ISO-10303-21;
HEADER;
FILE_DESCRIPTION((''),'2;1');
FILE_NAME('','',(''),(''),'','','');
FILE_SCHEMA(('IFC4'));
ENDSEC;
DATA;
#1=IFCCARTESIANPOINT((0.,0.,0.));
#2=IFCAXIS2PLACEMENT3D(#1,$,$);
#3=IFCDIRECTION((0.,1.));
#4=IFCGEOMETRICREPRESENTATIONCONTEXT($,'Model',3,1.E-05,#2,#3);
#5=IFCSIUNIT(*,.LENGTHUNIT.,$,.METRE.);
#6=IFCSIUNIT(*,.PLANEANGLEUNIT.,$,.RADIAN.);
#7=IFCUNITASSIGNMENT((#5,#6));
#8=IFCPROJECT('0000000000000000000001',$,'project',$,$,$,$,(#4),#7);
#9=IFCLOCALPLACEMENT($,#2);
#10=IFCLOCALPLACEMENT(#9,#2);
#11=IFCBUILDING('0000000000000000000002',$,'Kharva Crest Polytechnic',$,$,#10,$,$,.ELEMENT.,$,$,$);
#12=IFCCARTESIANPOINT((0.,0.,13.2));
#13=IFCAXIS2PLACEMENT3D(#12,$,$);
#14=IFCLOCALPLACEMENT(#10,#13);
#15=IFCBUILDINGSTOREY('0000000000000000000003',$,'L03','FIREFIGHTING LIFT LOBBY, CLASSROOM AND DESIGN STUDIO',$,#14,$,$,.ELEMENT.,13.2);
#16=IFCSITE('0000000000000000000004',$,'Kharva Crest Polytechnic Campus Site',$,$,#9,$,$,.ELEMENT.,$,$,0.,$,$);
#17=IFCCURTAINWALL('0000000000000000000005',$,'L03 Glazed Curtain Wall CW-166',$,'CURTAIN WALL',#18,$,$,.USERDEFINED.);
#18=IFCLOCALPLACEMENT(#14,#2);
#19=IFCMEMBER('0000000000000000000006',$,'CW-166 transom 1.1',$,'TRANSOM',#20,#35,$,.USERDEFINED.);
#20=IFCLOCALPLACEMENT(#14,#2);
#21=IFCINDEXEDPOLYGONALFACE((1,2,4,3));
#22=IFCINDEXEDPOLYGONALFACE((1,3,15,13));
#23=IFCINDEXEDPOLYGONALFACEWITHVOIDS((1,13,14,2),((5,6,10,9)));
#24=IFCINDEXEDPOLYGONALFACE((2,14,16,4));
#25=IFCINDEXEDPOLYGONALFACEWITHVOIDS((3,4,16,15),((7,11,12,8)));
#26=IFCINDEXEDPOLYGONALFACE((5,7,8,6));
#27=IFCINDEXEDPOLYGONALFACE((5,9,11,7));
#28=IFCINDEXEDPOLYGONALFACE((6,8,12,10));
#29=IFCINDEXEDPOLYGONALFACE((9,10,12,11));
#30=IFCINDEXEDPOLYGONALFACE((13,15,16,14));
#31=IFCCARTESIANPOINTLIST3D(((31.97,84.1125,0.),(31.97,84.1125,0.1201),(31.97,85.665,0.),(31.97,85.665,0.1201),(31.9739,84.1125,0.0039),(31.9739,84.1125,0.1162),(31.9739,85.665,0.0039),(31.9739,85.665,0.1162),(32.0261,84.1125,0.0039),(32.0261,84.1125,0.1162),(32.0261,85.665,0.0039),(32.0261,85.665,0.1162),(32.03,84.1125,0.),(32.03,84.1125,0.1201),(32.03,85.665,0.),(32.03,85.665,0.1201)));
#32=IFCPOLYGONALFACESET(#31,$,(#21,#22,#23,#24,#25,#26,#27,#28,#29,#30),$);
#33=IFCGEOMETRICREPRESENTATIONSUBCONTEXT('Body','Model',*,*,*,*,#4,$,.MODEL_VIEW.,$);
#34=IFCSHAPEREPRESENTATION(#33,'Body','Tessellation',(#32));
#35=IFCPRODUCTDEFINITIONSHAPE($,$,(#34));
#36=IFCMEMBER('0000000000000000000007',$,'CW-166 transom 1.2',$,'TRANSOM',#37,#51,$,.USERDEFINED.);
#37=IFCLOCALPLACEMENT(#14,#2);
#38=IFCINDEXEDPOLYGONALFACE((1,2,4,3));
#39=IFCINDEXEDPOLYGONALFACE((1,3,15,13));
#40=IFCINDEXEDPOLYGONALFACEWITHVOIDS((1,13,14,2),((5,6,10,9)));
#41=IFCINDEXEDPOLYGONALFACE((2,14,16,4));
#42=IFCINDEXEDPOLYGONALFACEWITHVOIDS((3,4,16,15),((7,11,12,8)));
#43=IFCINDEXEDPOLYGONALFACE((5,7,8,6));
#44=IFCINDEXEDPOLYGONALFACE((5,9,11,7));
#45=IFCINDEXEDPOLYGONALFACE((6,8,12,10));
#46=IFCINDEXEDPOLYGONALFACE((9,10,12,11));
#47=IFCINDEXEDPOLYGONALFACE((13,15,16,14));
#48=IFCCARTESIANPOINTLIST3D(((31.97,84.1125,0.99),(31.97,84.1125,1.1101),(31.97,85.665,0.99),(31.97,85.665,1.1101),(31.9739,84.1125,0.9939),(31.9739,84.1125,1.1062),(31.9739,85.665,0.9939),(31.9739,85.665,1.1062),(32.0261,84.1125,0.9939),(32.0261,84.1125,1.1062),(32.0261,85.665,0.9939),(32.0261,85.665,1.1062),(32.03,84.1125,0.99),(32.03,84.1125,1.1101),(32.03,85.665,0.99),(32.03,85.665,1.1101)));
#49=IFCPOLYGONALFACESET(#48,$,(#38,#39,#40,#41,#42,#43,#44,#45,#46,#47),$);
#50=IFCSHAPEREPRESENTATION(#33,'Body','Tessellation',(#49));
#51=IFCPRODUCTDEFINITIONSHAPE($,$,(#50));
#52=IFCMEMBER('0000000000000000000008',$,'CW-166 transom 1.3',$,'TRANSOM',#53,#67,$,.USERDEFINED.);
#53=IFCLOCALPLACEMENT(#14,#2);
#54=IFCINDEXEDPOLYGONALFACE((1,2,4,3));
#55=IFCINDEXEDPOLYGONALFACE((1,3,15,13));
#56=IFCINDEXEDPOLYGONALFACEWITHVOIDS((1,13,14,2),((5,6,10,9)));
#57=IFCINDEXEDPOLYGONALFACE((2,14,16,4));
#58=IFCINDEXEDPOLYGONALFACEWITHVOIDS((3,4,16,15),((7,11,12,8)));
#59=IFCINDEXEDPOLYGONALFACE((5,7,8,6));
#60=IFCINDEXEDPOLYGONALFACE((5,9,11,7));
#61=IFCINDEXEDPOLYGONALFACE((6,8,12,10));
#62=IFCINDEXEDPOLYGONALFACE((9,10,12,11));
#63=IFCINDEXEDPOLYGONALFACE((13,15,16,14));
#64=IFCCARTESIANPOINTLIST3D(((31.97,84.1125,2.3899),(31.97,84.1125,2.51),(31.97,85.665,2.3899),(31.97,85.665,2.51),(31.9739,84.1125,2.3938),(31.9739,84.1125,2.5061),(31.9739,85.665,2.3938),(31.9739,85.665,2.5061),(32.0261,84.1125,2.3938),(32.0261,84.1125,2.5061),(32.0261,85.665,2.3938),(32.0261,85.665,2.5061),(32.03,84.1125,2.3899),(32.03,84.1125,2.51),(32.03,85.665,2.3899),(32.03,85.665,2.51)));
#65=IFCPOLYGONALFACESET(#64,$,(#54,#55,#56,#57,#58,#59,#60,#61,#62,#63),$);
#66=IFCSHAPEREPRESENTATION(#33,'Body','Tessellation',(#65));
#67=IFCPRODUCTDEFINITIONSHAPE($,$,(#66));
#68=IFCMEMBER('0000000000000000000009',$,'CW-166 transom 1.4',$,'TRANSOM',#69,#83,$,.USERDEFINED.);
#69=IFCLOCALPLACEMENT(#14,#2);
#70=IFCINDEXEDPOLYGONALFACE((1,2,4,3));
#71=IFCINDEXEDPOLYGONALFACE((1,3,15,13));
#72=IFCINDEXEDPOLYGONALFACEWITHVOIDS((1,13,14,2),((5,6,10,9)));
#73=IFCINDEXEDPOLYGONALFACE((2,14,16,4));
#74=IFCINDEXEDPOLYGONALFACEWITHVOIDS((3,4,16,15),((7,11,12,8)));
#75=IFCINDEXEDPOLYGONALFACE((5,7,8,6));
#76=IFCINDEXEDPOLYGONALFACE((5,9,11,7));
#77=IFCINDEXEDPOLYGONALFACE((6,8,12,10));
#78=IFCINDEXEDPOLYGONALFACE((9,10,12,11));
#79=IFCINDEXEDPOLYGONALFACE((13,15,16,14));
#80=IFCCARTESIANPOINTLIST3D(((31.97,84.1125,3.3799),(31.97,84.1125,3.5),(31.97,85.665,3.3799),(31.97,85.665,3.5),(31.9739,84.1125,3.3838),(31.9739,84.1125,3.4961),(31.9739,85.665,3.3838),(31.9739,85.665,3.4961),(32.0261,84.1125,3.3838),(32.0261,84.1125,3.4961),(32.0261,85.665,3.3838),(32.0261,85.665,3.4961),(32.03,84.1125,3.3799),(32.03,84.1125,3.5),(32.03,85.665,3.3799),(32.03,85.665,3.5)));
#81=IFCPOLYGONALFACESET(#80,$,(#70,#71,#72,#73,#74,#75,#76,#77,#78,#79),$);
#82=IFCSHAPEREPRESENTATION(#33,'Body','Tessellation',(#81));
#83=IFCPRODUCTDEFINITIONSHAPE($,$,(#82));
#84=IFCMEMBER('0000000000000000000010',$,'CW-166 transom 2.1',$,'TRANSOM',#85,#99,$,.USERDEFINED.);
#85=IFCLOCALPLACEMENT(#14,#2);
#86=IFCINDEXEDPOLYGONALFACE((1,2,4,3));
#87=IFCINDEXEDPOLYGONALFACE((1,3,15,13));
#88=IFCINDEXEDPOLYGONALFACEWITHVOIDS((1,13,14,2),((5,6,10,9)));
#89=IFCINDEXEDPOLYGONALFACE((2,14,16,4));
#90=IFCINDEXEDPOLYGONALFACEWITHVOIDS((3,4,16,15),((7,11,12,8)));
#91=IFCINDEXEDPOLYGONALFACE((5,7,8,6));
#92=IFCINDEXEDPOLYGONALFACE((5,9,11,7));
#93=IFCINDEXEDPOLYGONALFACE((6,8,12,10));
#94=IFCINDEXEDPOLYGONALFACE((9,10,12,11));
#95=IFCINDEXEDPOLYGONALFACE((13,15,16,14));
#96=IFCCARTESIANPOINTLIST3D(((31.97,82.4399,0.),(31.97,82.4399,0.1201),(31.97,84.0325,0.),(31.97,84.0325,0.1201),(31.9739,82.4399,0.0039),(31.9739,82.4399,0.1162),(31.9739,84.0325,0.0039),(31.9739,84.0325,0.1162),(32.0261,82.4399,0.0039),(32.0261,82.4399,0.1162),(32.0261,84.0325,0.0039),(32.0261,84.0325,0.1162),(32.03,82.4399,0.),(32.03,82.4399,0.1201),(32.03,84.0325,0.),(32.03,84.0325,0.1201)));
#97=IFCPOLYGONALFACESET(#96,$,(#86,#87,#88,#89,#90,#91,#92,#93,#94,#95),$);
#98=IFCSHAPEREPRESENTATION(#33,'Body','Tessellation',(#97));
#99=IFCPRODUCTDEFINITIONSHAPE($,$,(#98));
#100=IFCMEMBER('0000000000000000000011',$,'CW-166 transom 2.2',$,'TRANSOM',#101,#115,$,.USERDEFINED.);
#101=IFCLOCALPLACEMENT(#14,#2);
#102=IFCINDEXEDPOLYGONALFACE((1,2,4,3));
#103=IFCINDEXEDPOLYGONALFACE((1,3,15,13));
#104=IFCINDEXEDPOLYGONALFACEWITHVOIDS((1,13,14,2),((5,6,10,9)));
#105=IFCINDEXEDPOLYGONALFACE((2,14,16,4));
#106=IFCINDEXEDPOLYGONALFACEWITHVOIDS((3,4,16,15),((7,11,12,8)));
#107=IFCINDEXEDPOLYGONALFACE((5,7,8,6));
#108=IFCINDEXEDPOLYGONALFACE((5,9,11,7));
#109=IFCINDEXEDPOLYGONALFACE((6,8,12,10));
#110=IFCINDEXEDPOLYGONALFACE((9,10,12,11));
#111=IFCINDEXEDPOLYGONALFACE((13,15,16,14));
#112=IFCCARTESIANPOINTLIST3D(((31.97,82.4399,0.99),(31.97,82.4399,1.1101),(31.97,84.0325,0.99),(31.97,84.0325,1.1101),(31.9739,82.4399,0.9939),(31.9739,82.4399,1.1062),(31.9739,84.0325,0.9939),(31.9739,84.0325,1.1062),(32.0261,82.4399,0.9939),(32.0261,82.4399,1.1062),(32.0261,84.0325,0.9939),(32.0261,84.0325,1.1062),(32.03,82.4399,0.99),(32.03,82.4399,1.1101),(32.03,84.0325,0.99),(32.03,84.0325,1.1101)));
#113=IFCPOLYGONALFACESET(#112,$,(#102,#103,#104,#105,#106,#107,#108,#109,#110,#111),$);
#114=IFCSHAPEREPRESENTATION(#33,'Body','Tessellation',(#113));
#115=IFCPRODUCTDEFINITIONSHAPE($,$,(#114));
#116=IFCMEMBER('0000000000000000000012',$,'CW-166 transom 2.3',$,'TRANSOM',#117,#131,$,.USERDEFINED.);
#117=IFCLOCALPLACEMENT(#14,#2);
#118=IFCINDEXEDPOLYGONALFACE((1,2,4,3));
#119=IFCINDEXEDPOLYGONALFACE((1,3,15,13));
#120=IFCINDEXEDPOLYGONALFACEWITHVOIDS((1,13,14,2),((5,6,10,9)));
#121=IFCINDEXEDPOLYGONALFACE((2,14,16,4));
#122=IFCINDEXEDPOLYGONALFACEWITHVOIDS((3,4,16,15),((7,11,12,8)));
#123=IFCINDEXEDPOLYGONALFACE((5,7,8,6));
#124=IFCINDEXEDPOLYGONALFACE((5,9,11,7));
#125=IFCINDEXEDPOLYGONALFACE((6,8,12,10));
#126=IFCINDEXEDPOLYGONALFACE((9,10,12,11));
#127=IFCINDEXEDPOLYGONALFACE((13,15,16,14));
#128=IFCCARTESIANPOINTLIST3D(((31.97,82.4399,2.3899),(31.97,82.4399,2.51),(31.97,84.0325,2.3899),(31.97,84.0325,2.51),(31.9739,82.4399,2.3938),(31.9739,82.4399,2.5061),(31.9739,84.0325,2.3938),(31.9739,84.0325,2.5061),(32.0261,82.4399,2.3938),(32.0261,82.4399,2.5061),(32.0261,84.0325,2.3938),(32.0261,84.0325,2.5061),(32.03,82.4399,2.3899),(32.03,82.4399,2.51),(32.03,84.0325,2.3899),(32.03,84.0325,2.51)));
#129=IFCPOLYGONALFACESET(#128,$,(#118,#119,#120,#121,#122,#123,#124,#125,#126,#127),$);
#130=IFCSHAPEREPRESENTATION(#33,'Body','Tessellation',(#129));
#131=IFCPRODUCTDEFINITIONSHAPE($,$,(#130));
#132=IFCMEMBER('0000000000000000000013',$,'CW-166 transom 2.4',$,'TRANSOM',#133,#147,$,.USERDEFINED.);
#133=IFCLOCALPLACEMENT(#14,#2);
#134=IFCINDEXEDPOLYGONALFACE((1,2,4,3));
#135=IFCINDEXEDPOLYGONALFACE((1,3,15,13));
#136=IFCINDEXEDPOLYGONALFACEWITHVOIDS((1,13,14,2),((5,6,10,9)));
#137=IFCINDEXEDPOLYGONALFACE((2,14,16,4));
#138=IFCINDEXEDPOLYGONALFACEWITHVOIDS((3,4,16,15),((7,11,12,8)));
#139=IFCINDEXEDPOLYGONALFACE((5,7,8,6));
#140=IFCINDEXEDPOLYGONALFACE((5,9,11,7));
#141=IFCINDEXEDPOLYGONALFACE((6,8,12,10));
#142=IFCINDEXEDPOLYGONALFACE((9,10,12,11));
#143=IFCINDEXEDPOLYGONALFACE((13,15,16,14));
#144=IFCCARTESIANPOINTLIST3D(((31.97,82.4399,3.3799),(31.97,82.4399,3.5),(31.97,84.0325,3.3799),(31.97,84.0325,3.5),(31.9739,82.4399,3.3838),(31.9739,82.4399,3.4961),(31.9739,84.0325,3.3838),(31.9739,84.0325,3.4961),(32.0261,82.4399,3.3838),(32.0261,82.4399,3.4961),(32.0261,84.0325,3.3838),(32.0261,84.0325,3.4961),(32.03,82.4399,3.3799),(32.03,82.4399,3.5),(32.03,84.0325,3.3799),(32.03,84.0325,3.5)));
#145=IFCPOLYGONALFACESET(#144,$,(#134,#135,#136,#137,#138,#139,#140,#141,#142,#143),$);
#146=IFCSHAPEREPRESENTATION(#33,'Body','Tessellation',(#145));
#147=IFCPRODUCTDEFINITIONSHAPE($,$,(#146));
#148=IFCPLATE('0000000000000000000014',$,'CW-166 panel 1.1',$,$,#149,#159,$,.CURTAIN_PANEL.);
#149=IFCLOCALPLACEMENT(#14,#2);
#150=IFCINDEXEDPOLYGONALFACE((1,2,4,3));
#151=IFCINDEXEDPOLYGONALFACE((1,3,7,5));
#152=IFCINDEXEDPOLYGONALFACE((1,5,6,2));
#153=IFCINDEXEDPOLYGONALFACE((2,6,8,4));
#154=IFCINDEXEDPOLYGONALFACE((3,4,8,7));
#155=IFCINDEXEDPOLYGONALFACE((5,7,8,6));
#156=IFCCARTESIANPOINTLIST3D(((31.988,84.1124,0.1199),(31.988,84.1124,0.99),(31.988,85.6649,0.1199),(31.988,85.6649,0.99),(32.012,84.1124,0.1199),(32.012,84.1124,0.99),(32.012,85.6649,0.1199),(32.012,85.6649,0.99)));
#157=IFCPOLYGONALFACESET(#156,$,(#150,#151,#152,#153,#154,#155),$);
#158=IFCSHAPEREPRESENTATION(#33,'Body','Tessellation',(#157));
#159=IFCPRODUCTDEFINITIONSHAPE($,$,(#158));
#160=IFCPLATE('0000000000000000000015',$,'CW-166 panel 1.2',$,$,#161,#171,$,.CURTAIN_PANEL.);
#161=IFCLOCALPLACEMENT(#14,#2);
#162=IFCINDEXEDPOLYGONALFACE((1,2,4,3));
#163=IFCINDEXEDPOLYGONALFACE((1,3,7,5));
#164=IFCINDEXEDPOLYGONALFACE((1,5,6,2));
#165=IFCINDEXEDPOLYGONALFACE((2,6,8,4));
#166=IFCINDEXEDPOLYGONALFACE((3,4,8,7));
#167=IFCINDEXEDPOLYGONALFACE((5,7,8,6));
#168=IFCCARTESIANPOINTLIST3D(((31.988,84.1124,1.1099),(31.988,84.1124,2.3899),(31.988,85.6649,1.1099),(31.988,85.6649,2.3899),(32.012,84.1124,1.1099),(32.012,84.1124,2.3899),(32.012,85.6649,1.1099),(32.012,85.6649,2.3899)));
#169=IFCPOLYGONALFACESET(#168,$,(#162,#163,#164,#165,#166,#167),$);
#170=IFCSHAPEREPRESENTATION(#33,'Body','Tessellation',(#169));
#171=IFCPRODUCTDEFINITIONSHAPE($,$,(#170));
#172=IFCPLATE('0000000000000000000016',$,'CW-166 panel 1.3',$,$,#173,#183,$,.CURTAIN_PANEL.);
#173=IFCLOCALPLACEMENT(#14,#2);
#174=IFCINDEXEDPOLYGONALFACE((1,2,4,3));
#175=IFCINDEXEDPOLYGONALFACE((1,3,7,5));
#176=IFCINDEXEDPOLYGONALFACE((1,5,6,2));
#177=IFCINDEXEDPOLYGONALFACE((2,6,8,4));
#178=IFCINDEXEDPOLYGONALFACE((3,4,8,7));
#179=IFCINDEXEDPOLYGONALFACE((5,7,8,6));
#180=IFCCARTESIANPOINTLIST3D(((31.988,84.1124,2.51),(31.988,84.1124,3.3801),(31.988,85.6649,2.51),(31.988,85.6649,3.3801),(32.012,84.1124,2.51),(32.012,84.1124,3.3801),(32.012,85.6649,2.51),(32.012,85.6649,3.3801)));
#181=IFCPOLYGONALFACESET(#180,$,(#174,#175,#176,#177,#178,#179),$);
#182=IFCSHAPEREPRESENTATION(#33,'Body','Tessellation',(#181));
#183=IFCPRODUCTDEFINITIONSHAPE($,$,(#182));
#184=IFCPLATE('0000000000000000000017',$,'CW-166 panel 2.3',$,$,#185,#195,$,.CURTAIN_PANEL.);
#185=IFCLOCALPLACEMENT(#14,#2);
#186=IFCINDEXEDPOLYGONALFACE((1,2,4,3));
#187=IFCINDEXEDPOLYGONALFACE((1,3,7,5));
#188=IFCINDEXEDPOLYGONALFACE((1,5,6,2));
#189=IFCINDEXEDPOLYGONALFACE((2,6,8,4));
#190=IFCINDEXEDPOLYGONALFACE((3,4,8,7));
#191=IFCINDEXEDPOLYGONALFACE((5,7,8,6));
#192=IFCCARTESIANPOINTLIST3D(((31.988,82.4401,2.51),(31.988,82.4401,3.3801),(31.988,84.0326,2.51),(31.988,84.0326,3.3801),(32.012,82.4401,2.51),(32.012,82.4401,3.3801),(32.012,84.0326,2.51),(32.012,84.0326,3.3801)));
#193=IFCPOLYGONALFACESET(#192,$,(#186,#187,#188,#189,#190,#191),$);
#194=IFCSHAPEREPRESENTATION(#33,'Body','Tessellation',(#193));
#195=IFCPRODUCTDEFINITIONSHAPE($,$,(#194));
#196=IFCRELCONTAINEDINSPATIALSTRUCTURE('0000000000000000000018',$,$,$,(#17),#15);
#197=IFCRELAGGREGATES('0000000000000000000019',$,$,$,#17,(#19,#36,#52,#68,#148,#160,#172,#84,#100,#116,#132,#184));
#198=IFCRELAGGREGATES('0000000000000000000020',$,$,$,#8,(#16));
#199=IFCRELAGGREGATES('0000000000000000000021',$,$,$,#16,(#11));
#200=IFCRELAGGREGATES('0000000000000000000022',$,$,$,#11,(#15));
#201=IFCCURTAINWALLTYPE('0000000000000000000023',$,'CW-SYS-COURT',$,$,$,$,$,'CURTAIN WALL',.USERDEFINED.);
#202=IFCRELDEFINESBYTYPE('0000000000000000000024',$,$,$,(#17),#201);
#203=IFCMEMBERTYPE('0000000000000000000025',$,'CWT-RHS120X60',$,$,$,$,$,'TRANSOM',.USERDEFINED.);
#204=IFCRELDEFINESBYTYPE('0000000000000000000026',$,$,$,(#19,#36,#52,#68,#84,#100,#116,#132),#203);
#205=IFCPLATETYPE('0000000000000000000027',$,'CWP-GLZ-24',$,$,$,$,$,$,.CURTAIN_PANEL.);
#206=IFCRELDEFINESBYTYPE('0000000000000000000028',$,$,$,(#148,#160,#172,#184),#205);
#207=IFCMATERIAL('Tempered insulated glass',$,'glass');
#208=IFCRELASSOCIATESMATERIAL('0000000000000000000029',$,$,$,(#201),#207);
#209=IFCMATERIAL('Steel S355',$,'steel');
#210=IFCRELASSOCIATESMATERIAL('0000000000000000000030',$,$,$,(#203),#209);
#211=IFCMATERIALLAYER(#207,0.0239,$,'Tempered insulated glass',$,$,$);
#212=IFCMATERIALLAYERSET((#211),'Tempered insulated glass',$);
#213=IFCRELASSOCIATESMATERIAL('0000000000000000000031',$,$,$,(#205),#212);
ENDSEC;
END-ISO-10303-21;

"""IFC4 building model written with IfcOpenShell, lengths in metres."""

from ifc_helpers import new_model, si_unit, direction, frame, origin, origin_2d, place, context, subcontext, project, spatial, rectangle, hollow_rectangle, extrude, material, layer, layer_set, material_profile, profile_set, type_object, element, aggregate, save


model = new_model("IFC4")

# Units and contexts
model_context = context("Model", 3, precision=1e-05, world=origin(), true_north=direction((0.0, 1.0)))
body_context = subcontext(model_context, "Body", "Model", "MODEL_VIEW")
ifc_project = project(units=[si_unit("LENGTHUNIT", "METRE"), si_unit("PLANEANGLEUNIT", "RADIAN")], contexts=[model_context])

# Site, building, storey
site_placement = place(None, origin())
site = spatial("IfcSite", under=ifc_project, at=site_placement, Name="Kharva Crest Polytechnic Campus Site", CompositionType="ELEMENT", RefElevation=0.0)
building_placement = place(site_placement, origin())
building = spatial("IfcBuilding", under=site, at=building_placement, Name="Kharva Crest Polytechnic", CompositionType="ELEMENT")
storey_placement = place(building_placement, frame((0.0, 0.0, 13.2)))
storey = spatial("IfcBuildingStorey", under=building, at=storey_placement, Name="L03", Description="FIREFIGHTING LIFT LOBBY, CLASSROOM AND DESIGN STUDIO", CompositionType="ELEMENT", Elevation=13.2)

# Shared definitions
ifc_material_1 = material(Name="Steel S355", Category="steel")

# Curtain wall, members, plates
ifc_material_2 = material(Name="Tempered insulated glass", Category="glass")
curtain_wall_type = type_object("IfcCurtainWallType", Name="CW-SYS-COURT", ElementType="CURTAIN WALL", PredefinedType="USERDEFINED", material=ifc_material_2)
curtain_wall_placement = place(storey_placement, origin())
curtain_wall = element("IfcCurtainWall", 1, at=curtain_wall_placement, inside=storey, type_object=curtain_wall_type, Name="L03 Glazed Curtain Wall CW-166", ObjectType="CURTAIN WALL", PredefinedType="USERDEFINED")
ifc_material_profile_1 = material_profile(ifc_material_1, hollow_rectangle(XDim=0.0601, YDim=0.1201, WallThickness=0.0039, at=origin_2d()), Name="RHS 120X60X4.0")
ifc_profile_set_1 = profile_set([ifc_material_profile_1], Name="Steel S355")
member_type_1 = type_object("IfcMemberType", Name="CWT-RHS120X60", ElementType="TRANSOM", PredefinedType="USERDEFINED", material=ifc_profile_set_1)
member_1_placement = place(storey_placement, frame((32.0, 85.665, 0.0601), z_axis=(0.0, -1.0, 0.0), x_axis=(1.0, 0.0, 0.0)))
member_1 = element("IfcMember", 2, at=member_1_placement, type_object=member_type_1, Name="CW-166 transom 1.1", ObjectType="TRANSOM", PredefinedType="USERDEFINED", context=body_context, shape_type="SweptSolid", body=[
    extrude(hollow_rectangle(XDim=0.0601, YDim=0.1201, WallThickness=0.0039, at=origin_2d()), origin(), (0.0, 0.0, 1.0), 1.5525),
])
member_2_placement = place(storey_placement, frame((32.0, 85.665, 1.05), z_axis=(0.0, -1.0, 0.0), x_axis=(1.0, 0.0, 0.0)))
member_2 = element("IfcMember", 3, at=member_2_placement, type_object=member_type_1, Name="CW-166 transom 1.2", ObjectType="TRANSOM", PredefinedType="USERDEFINED", context=body_context, shape_type="SweptSolid", body=[
    extrude(hollow_rectangle(XDim=0.0601, YDim=0.1201, WallThickness=0.0039, at=origin_2d()), origin(), (0.0, 0.0, 1.0), 1.5525),
])
member_3_placement = place(storey_placement, frame((32.0, 85.665, 2.45), z_axis=(0.0, -1.0, 0.0), x_axis=(1.0, 0.0, 0.0)))
member_3 = element("IfcMember", 4, at=member_3_placement, type_object=member_type_1, Name="CW-166 transom 1.3", ObjectType="TRANSOM", PredefinedType="USERDEFINED", context=body_context, shape_type="SweptSolid", body=[
    extrude(hollow_rectangle(XDim=0.0601, YDim=0.1201, WallThickness=0.0039, at=origin_2d()), origin(), (0.0, 0.0, 1.0), 1.5525),
])
member_4_placement = place(storey_placement, frame((32.0, 85.665, 3.4399), z_axis=(0.0, -1.0, 0.0), x_axis=(1.0, 0.0, 0.0)))
member_4 = element("IfcMember", 5, at=member_4_placement, type_object=member_type_1, Name="CW-166 transom 1.4", ObjectType="TRANSOM", PredefinedType="USERDEFINED", context=body_context, shape_type="SweptSolid", body=[
    extrude(hollow_rectangle(XDim=0.0601, YDim=0.1201, WallThickness=0.0039, at=origin_2d()), origin(), (0.0, 0.0, 1.0), 1.5525),
])
member_5_placement = place(storey_placement, frame((32.0, 84.0325, 0.0601), z_axis=(0.0, -1.0, 0.0), x_axis=(1.0, 0.0, 0.0)))
member_5 = element("IfcMember", 6, at=member_5_placement, type_object=member_type_1, Name="CW-166 transom 2.1", ObjectType="TRANSOM", PredefinedType="USERDEFINED", context=body_context, shape_type="SweptSolid", body=[
    extrude(hollow_rectangle(XDim=0.0601, YDim=0.1201, WallThickness=0.0039, at=origin_2d()), origin(), (0.0, 0.0, 1.0), 1.5925),
])
member_6_placement = place(storey_placement, frame((32.0, 84.0325, 1.05), z_axis=(0.0, -1.0, 0.0), x_axis=(1.0, 0.0, 0.0)))
member_6 = element("IfcMember", 7, at=member_6_placement, type_object=member_type_1, Name="CW-166 transom 2.2", ObjectType="TRANSOM", PredefinedType="USERDEFINED", context=body_context, shape_type="SweptSolid", body=[
    extrude(hollow_rectangle(XDim=0.0601, YDim=0.1201, WallThickness=0.0039, at=origin_2d()), origin(), (0.0, 0.0, 1.0), 1.5925),
])
member_7_placement = place(storey_placement, frame((32.0, 84.0325, 2.45), z_axis=(0.0, -1.0, 0.0), x_axis=(1.0, 0.0, 0.0)))
member_7 = element("IfcMember", 8, at=member_7_placement, type_object=member_type_1, Name="CW-166 transom 2.3", ObjectType="TRANSOM", PredefinedType="USERDEFINED", context=body_context, shape_type="SweptSolid", body=[
    extrude(hollow_rectangle(XDim=0.0601, YDim=0.1201, WallThickness=0.0039, at=origin_2d()), origin(), (0.0, 0.0, 1.0), 1.5925),
])
member_8_placement = place(storey_placement, frame((32.0, 84.0325, 3.4399), z_axis=(0.0, -1.0, 0.0), x_axis=(1.0, 0.0, 0.0)))
member_8 = element("IfcMember", 9, at=member_8_placement, type_object=member_type_1, Name="CW-166 transom 2.4", ObjectType="TRANSOM", PredefinedType="USERDEFINED", context=body_context, shape_type="SweptSolid", body=[
    extrude(hollow_rectangle(XDim=0.0601, YDim=0.1201, WallThickness=0.0039, at=origin_2d()), origin(), (0.0, 0.0, 1.0), 1.5925),
])
ifc_layer = layer(ifc_material_2, 0.0239, Name="Tempered insulated glass")
ifc_layer_set = layer_set([ifc_layer], Name="Tempered insulated glass")
plate_type = type_object("IfcPlateType", Name="CWP-GLZ-24", PredefinedType="CURTAIN_PANEL", material=ifc_layer_set)
plate_1_placement = place(storey_placement, frame((32.0, 84.8887, 0.1199), z_axis=(0.0, 0.0, 1.0), x_axis=(0.0, -1.0, 0.0)))
plate_1 = element("IfcPlate", 10, at=plate_1_placement, type_object=plate_type, Name="CW-166 panel 1.1", PredefinedType="CURTAIN_PANEL", context=body_context, shape_type="SweptSolid", body=[
    extrude(rectangle(XDim=1.5525, YDim=0.0239, at=origin_2d()), origin(), (0.0, 0.0, 1.0), 0.8701),
])
plate_2_placement = place(storey_placement, frame((32.0, 84.8887, 1.1099), z_axis=(0.0, 0.0, 1.0), x_axis=(0.0, -1.0, 0.0)))
plate_2 = element("IfcPlate", 11, at=plate_2_placement, type_object=plate_type, Name="CW-166 panel 1.2", PredefinedType="CURTAIN_PANEL", context=body_context, shape_type="SweptSolid", body=[
    extrude(rectangle(XDim=1.5525, YDim=0.0239, at=origin_2d()), origin(), (0.0, 0.0, 1.0), 1.28),
])
plate_3_placement = place(storey_placement, frame((32.0, 84.8887, 2.51), z_axis=(0.0, 0.0, 1.0), x_axis=(0.0, -1.0, 0.0)))
plate_3 = element("IfcPlate", 12, at=plate_3_placement, type_object=plate_type, Name="CW-166 panel 1.3", PredefinedType="CURTAIN_PANEL", context=body_context, shape_type="SweptSolid", body=[
    extrude(rectangle(XDim=1.5525, YDim=0.0239, at=origin_2d()), origin(), (0.0, 0.0, 1.0), 0.8701),
])
plate_4_placement = place(storey_placement, frame((32.0, 83.2363, 2.51), z_axis=(0.0, 0.0, 1.0), x_axis=(0.0, -1.0, 0.0)))
plate_4 = element("IfcPlate", 13, at=plate_4_placement, type_object=plate_type, Name="CW-166 panel 2.3", PredefinedType="CURTAIN_PANEL", context=body_context, shape_type="SweptSolid", body=[
    extrude(rectangle(XDim=1.5925, YDim=0.0239, at=origin_2d()), origin(), (0.0, 0.0, 1.0), 0.8701),
])
aggregate(curtain_wall, [member_1, member_2, member_3, member_4, plate_1, plate_2, plate_3, member_5, member_6, member_7, member_8, plate_4])

save(model, "model.ifc")
